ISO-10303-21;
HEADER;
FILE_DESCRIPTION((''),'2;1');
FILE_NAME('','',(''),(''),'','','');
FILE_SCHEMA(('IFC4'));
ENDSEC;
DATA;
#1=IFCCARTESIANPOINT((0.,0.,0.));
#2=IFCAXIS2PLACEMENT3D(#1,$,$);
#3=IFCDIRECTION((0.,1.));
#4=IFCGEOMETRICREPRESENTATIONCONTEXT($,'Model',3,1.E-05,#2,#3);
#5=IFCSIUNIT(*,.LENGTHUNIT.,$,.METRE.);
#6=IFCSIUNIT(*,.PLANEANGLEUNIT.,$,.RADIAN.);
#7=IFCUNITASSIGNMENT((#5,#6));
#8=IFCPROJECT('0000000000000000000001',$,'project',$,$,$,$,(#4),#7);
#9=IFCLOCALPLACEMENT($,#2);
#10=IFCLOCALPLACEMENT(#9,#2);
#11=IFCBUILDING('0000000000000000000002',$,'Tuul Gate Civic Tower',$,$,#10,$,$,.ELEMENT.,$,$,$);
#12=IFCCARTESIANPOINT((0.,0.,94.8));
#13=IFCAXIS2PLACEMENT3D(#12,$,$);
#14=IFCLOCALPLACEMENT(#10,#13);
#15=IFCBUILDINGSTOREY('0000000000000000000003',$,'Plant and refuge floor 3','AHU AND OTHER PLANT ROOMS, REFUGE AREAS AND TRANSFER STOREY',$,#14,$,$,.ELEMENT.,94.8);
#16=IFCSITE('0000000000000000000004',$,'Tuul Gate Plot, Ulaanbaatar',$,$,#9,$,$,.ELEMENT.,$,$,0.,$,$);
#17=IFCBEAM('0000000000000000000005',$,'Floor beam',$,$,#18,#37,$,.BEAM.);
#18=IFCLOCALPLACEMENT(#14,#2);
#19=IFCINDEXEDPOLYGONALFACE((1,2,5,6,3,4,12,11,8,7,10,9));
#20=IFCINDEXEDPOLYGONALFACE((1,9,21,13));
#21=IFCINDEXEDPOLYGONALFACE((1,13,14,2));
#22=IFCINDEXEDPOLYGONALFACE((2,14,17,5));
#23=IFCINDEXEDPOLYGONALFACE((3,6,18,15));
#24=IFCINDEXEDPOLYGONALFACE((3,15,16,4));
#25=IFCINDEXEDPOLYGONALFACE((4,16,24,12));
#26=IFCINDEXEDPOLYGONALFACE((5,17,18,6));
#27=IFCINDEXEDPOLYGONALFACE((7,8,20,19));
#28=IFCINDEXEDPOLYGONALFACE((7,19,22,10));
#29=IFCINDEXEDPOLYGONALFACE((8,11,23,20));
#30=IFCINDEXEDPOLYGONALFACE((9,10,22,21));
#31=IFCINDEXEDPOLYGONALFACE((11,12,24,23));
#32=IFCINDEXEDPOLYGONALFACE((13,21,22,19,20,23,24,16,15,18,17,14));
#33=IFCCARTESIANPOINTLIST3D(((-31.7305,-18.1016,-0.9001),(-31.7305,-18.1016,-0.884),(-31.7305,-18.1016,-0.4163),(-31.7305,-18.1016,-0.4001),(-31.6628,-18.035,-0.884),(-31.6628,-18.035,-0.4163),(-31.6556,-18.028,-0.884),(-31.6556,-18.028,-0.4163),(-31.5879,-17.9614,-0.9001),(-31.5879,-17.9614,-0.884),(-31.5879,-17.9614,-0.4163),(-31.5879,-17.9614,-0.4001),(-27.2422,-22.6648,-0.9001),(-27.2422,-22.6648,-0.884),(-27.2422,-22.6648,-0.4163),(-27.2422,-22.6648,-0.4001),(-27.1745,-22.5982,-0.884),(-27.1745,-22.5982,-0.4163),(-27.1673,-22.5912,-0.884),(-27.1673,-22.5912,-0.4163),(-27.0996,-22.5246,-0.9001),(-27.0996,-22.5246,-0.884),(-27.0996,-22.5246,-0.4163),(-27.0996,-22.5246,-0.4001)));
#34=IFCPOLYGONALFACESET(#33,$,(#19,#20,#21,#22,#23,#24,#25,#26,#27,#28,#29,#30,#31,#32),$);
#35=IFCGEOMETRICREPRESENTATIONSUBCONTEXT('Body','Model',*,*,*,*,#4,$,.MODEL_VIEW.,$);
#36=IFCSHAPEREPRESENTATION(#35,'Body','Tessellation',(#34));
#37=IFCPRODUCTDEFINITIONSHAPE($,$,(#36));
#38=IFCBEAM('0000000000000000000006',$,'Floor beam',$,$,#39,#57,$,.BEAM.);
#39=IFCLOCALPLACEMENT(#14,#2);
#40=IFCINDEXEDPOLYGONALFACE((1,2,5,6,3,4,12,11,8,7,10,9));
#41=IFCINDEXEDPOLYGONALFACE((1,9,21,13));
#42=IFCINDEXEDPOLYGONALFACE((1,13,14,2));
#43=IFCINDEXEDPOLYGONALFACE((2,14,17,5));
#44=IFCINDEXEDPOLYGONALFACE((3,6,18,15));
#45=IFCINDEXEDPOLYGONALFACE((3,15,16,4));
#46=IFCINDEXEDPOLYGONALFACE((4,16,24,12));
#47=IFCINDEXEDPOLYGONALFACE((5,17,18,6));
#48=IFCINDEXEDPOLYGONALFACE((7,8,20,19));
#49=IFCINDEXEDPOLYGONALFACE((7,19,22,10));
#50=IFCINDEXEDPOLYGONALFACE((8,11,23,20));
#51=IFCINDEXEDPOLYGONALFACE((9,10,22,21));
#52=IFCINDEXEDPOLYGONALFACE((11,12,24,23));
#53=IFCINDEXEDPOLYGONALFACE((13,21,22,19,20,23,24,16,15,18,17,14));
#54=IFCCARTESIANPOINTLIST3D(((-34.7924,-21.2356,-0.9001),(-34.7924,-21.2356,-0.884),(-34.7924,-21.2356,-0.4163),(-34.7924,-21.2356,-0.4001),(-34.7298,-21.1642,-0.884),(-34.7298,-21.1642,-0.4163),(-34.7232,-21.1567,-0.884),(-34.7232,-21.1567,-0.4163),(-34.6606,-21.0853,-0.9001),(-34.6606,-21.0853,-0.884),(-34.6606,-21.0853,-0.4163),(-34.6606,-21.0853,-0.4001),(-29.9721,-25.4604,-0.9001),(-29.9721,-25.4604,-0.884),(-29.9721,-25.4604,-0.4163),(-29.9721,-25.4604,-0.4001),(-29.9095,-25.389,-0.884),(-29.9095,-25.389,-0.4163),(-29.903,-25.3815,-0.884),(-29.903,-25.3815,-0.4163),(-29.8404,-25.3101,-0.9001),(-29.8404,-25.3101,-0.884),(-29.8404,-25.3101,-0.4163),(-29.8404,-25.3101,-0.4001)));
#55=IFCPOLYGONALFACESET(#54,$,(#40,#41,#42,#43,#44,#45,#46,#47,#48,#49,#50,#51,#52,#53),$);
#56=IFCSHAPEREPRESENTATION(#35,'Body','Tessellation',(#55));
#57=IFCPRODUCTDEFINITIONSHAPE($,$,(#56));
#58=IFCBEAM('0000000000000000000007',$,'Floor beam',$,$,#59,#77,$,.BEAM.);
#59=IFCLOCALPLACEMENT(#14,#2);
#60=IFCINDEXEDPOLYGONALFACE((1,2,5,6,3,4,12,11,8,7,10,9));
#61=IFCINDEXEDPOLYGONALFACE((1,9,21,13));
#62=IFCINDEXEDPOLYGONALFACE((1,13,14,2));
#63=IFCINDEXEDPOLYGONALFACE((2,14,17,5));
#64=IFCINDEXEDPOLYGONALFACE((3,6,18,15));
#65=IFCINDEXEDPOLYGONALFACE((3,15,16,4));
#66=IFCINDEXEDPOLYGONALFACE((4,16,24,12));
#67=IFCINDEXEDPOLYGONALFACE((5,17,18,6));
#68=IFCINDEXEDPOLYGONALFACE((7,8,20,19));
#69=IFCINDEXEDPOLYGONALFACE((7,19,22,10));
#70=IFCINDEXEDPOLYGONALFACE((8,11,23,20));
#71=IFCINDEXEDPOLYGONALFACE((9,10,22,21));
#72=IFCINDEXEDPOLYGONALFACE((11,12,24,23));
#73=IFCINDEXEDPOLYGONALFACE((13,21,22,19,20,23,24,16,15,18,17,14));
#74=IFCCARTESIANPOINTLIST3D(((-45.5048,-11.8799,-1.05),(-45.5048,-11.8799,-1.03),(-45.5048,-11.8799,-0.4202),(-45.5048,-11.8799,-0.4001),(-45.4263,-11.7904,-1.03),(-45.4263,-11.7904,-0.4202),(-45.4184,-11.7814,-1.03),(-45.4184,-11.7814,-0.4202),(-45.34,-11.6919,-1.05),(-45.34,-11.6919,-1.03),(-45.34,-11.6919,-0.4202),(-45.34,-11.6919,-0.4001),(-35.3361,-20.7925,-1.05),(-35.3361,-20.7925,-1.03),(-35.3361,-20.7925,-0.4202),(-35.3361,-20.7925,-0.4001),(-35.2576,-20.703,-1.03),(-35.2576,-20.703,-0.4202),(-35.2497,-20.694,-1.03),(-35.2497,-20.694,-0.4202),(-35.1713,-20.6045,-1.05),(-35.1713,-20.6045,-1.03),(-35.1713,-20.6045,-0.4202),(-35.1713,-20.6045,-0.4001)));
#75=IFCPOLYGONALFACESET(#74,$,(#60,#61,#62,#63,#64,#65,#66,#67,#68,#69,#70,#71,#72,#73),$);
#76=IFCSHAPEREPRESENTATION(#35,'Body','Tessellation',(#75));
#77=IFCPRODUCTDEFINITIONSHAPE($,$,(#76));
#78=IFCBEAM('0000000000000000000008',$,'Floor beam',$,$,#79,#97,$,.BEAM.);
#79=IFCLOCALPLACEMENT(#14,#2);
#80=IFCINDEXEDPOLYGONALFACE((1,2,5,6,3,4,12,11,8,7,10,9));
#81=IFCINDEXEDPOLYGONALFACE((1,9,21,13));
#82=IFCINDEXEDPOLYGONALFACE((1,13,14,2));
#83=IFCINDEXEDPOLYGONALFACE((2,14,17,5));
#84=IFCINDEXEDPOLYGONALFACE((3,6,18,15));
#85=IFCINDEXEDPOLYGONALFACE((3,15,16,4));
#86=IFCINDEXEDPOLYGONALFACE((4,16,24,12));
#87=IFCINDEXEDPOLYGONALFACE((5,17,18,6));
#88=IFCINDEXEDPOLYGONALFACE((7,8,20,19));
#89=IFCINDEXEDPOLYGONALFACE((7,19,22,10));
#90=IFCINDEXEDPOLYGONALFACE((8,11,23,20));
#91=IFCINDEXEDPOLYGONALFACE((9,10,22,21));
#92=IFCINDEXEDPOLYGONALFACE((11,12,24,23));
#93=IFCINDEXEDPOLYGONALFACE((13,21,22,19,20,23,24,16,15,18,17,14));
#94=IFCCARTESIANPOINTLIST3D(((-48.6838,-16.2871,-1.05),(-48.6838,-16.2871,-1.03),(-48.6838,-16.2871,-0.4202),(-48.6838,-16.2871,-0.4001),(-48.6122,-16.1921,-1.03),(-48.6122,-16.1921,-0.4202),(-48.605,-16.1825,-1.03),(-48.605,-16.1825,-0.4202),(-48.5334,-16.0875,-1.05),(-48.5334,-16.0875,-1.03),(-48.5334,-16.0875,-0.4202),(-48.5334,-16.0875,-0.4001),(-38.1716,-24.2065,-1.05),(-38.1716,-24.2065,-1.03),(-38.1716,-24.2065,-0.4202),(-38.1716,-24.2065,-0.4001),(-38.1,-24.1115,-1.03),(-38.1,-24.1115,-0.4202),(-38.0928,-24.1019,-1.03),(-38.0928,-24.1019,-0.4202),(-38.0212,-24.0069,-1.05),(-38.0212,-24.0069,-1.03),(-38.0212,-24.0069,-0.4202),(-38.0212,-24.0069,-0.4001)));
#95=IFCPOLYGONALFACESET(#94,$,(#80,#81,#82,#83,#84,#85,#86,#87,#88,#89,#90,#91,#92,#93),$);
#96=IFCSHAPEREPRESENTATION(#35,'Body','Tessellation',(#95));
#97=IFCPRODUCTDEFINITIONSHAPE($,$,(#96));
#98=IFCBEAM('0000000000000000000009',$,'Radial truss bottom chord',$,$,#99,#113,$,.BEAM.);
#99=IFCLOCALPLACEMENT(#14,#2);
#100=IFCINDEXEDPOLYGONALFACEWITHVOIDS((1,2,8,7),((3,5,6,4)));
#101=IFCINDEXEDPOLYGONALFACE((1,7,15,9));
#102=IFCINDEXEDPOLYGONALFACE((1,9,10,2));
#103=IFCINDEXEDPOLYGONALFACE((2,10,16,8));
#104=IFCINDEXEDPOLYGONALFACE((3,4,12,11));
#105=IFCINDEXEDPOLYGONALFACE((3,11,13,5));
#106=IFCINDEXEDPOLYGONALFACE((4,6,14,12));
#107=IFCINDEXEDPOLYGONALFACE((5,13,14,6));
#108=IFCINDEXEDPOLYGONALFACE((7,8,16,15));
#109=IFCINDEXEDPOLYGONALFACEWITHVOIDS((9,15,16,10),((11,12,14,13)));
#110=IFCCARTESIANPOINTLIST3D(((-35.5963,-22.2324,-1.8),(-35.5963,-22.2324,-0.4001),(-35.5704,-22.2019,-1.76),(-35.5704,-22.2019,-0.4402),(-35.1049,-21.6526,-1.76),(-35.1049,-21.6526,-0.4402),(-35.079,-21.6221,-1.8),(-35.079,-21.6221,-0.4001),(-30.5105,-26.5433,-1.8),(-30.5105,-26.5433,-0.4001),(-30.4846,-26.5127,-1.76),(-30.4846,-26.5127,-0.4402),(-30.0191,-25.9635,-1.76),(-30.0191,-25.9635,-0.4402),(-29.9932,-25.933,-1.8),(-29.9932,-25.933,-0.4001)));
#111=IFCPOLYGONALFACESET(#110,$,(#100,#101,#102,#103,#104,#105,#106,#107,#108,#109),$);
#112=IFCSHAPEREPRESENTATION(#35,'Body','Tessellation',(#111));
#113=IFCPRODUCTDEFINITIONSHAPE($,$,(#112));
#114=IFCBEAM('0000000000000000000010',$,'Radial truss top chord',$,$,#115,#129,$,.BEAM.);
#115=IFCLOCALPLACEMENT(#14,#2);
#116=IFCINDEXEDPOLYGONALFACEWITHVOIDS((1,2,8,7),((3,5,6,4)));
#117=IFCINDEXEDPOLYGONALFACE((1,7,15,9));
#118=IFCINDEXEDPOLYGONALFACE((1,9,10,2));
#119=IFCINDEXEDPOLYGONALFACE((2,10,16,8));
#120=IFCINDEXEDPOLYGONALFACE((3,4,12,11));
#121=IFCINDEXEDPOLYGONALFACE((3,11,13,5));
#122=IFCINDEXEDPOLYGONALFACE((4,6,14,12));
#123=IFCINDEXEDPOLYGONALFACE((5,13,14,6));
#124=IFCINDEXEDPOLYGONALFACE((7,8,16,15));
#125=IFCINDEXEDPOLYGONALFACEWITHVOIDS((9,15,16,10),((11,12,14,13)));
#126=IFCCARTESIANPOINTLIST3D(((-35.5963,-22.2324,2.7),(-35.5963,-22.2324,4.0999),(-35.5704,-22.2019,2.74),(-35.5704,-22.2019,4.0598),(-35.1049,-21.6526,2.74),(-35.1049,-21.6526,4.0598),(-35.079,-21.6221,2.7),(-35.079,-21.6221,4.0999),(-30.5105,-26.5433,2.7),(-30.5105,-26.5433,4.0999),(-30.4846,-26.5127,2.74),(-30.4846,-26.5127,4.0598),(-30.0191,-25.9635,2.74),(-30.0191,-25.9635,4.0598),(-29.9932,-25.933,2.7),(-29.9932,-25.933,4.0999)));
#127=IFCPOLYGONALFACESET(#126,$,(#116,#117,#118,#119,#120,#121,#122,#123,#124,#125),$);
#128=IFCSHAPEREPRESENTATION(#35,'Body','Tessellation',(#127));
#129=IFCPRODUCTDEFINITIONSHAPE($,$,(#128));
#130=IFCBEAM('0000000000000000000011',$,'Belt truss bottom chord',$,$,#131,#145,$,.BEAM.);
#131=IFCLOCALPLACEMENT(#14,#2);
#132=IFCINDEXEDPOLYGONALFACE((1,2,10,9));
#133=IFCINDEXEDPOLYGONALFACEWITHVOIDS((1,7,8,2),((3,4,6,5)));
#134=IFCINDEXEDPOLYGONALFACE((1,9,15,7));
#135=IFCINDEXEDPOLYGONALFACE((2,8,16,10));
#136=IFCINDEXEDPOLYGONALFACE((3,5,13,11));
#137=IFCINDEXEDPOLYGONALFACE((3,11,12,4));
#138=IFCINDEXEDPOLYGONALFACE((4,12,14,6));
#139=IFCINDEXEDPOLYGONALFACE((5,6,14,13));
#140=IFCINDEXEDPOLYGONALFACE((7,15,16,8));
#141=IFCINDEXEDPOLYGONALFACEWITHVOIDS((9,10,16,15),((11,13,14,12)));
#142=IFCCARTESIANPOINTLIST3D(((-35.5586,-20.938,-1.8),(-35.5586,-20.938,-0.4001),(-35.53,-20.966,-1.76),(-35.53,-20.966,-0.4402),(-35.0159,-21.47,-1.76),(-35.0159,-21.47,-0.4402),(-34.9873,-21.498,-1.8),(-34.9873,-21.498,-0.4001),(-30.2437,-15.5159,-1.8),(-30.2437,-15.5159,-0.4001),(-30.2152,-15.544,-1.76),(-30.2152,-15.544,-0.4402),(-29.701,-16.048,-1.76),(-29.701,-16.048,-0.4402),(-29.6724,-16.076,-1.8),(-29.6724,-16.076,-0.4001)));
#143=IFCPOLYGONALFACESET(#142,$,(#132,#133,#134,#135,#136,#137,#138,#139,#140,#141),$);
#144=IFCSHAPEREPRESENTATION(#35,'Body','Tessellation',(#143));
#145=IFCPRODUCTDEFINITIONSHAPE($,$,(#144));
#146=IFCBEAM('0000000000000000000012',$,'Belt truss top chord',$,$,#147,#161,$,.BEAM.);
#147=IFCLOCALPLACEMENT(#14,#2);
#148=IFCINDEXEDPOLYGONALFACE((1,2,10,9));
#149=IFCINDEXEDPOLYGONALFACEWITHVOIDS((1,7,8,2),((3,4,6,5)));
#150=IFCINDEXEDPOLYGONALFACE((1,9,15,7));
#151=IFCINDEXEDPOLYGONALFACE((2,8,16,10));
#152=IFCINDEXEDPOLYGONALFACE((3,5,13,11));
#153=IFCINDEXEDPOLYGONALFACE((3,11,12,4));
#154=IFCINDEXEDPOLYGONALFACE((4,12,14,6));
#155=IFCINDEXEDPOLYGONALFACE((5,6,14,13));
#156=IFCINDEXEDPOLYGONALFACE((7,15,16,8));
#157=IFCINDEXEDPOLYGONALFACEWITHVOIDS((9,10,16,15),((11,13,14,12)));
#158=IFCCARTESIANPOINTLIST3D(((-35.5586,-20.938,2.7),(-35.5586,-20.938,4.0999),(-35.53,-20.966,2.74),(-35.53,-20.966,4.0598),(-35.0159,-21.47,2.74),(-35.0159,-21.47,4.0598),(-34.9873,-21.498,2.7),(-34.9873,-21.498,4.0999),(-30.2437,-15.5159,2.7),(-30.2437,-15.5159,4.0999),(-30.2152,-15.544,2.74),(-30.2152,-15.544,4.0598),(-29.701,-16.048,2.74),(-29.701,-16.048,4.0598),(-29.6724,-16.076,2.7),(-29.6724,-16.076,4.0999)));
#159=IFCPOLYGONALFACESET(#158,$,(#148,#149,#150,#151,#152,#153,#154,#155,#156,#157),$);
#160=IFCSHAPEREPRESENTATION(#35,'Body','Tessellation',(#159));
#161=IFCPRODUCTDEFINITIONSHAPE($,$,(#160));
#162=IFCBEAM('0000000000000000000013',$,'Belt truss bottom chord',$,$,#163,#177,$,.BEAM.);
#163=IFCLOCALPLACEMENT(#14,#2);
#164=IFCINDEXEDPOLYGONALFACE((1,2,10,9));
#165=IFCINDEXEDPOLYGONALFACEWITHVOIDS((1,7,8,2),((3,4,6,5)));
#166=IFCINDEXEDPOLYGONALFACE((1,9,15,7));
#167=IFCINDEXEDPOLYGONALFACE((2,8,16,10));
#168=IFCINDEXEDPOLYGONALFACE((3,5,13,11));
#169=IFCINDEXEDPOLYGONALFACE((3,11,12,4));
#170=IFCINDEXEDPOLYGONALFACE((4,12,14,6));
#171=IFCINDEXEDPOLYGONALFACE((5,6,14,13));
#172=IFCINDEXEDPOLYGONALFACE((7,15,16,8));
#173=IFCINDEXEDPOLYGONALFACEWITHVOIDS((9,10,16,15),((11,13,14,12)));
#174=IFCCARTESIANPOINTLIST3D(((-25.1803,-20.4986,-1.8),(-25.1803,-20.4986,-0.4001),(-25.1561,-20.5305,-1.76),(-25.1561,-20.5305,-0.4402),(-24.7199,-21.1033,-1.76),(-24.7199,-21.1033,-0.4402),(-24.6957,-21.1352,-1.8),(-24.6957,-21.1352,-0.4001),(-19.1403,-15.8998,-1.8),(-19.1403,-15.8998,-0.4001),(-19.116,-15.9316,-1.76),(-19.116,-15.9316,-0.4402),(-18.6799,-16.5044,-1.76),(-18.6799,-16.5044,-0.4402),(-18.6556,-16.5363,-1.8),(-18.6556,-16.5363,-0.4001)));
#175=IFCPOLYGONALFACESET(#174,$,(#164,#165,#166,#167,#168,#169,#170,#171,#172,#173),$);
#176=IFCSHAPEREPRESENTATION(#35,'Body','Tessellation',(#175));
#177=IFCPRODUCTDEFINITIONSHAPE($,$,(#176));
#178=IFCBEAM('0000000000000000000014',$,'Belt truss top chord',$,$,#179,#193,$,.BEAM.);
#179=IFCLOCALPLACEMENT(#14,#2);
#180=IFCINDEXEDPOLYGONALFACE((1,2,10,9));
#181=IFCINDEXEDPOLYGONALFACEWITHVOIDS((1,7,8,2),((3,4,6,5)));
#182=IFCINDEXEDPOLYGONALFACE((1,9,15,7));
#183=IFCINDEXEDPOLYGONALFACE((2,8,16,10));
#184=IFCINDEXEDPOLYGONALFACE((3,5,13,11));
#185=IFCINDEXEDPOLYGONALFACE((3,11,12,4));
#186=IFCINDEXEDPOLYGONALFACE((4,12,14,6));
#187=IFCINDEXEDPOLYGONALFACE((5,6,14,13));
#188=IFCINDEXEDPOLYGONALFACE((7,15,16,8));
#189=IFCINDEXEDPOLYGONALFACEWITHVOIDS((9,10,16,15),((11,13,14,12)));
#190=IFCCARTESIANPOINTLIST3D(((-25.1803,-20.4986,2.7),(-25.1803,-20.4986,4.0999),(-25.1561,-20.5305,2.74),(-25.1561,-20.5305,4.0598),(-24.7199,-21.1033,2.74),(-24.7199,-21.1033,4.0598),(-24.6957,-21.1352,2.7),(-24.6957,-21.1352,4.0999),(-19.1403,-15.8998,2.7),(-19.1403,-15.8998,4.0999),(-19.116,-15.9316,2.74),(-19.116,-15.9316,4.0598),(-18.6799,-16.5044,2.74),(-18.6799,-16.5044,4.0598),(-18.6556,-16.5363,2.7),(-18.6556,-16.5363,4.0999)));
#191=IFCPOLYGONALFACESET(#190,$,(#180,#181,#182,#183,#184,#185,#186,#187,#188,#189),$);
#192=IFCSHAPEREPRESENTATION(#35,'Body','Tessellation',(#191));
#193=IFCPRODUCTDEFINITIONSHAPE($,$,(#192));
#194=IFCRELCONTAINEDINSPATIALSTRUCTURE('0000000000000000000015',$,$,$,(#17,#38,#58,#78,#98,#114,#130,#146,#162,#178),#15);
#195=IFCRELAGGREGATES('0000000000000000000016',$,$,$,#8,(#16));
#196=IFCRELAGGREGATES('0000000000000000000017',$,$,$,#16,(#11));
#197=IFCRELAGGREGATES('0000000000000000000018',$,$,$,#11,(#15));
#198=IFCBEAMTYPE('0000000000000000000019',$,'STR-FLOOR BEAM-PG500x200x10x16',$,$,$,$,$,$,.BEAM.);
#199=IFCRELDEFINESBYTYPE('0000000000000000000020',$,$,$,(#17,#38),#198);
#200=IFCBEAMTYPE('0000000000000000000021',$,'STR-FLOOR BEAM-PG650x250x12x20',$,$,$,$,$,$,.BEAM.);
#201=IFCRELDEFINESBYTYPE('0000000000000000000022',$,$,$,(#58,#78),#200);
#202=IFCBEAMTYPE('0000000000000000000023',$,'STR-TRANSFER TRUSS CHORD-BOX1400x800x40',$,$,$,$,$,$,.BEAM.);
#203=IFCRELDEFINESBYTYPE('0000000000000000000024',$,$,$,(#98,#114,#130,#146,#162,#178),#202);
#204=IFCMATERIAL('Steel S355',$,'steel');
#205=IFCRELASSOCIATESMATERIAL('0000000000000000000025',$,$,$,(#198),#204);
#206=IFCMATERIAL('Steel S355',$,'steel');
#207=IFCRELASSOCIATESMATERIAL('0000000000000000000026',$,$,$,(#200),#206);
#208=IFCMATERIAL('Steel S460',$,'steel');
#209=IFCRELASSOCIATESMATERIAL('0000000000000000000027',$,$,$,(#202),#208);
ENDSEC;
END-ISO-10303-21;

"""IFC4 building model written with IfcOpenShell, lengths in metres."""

from ifc_helpers import new_model, si_unit, direction, frame, origin, origin_2d, place, context, subcontext, project, spatial, hollow_rectangle, i_section, extrude, material, material_profile, profile_set, type_object, element, save


model = new_model("IFC4")

# Units and contexts
model_context = context("Model", 3, precision=1e-05, world=origin(), true_north=direction((0.0, 1.0)))
body_context = subcontext(model_context, "Body", "Model", "MODEL_VIEW")
ifc_project = project(units=[si_unit("LENGTHUNIT", "METRE"), si_unit("PLANEANGLEUNIT", "RADIAN")], contexts=[model_context])

# Site, building, storey
site_placement = place(None, origin())
site = spatial("IfcSite", under=ifc_project, at=site_placement, Name="Tuul Gate Plot, Ulaanbaatar", CompositionType="ELEMENT", RefElevation=0.0)
building_placement = place(site_placement, origin())
building = spatial("IfcBuilding", under=site, at=building_placement, Name="Tuul Gate Civic Tower", CompositionType="ELEMENT")
storey_placement = place(building_placement, frame((0.0, 0.0, 94.8)))
storey = spatial("IfcBuildingStorey", under=building, at=storey_placement, Name="Plant and refuge floor 3", Description="AHU AND OTHER PLANT ROOMS, REFUGE AREAS AND TRANSFER STOREY", CompositionType="ELEMENT", Elevation=94.8)

# Beams
ifc_material_1 = material(Name="Steel S355", Category="steel")
ifc_material_profile_1 = material_profile(ifc_material_1, i_section(OverallWidth=0.2, OverallDepth=0.5, WebThickness=0.01, FlangeThickness=0.0161, at=origin_2d()), Name="PG500x200x10x16")
ifc_profile_set_1 = profile_set([ifc_material_profile_1], Name="Steel S355")
beam_type_1 = type_object("IfcBeamType", Name="STR-FLOOR BEAM-PG500x200x10x16", PredefinedType="BEAM", material=ifc_profile_set_1)
beam_1_placement = place(storey_placement, frame((-27.1709, -22.5947, -0.6501), z_axis=(-0.701228, 0.712938, 0.0), x_axis=(-0.712938, -0.701228, 0.0)))
element("IfcBeam", 1, at=beam_1_placement, inside=storey, type_object=beam_type_1, Name="Floor beam", PredefinedType="BEAM", context=body_context, shape_type="SweptSolid", body=[
    extrude(i_section(OverallWidth=0.2, OverallDepth=0.5, WebThickness=0.01, FlangeThickness=0.0161, at=origin_2d()), origin(), (0.0, 0.0, 1.0), 6.4006),
])
beam_2_placement = place(storey_placement, frame((-29.9062, -25.3853, -0.6501), z_axis=(-0.752029, 0.65913, 0.0), x_axis=(-0.65913, -0.752029, 0.0)))
element("IfcBeam", 2, at=beam_2_placement, inside=storey, type_object=beam_type_1, Name="Floor beam", PredefinedType="BEAM", context=body_context, shape_type="SweptSolid", body=[
    extrude(i_section(OverallWidth=0.2, OverallDepth=0.5, WebThickness=0.01, FlangeThickness=0.0161, at=origin_2d()), origin(), (0.0, 0.0, 1.0), 6.4097),
])
ifc_material_2 = material(Name="Steel S355", Category="steel")
ifc_material_profile_2 = material_profile(ifc_material_2, i_section(OverallWidth=0.25, OverallDepth=0.6499, WebThickness=0.012, FlangeThickness=0.02, at=origin_2d()), Name="PG650x250x12x20")
ifc_profile_set_2 = profile_set([ifc_material_profile_2], Name="Steel S355")
beam_type_2 = type_object("IfcBeamType", Name="STR-FLOOR BEAM-PG650x250x12x20", PredefinedType="BEAM", material=ifc_profile_set_2)
beam_3_placement = place(storey_placement, frame((-35.2537, -20.6985, -0.7251), z_axis=(-0.752027, 0.659132, 0.0), x_axis=(-0.659132, -0.752027, 0.0)))
element("IfcBeam", 3, at=beam_3_placement, inside=storey, type_object=beam_type_2, Name="Floor beam", PredefinedType="BEAM", context=body_context, shape_type="SweptSolid", body=[
    extrude(i_section(OverallWidth=0.25, OverallDepth=0.6499, WebThickness=0.012, FlangeThickness=0.02, at=origin_2d()), origin(), (0.0, 0.0, 1.0), 13.5217),
])
beam_4_placement = place(storey_placement, frame((-38.0964, -24.1067, -0.7251), z_axis=(-0.798712, 0.601714, 0.0), x_axis=(-0.601714, -0.798712, 0.0)))
element("IfcBeam", 4, at=beam_4_placement, inside=storey, type_object=beam_type_2, Name="Floor beam", PredefinedType="BEAM", context=body_context, shape_type="SweptSolid", body=[
    extrude(i_section(OverallWidth=0.25, OverallDepth=0.6499, WebThickness=0.012, FlangeThickness=0.02, at=origin_2d()), origin(), (0.0, 0.0, 1.0), 13.1614),
])
ifc_material_3 = material(Name="Steel S460", Category="steel")
ifc_material_profile_3 = material_profile(ifc_material_3, hollow_rectangle(XDim=0.8, YDim=1.3999, WallThickness=0.04, at=origin_2d()), Name="BOX1400x800x40")
ifc_profile_set_3 = profile_set([ifc_material_profile_3], Name="Steel S460")
beam_type_3 = type_object("IfcBeamType", Name="STR-TRANSFER TRUSS CHORD-BOX1400x800x40", PredefinedType="BEAM", material=ifc_profile_set_3)
for number, where, z_axis, x_axis, name in (
    (5, (-35.3376, -21.9272, -1.1001), (0.76283, -0.646599, 0.0), (0.646599, 0.76283, 0.0), "Radial truss bottom chord"),
    (6, (-35.3376, -21.9272, 3.3999), (0.76283, -0.646599, 0.0), (0.646599, 0.76283, 0.0), "Radial truss top chord"),
):
    element("IfcBeam", number, at=place(storey_placement, frame(where, z_axis=z_axis, x_axis=x_axis)), inside=storey, type_object=beam_type_3, Name=name, PredefinedType="BEAM", context=body_context, shape_type="SweptSolid", body=[
        extrude(hollow_rectangle(XDim=0.8, YDim=1.3999, WallThickness=0.04, at=origin_2d()), origin(), (0.0, 0.0, 1.0), 6.667),
    ])
for number, where, z_axis, x_axis, name in (
    (7, (-35.2729, -21.218, -1.1001), (0.700014, 0.71413, 0.0), (-0.71413, 0.700014, 0.0), "Belt truss bottom chord"),
    (8, (-35.2729, -21.218, 3.3999), (0.700014, 0.71413, 0.0), (-0.71413, 0.700014, 0.0), "Belt truss top chord"),
):
    element("IfcBeam", number, at=place(storey_placement, frame(where, z_axis=z_axis, x_axis=x_axis)), inside=storey, type_object=beam_type_3, Name=name, PredefinedType="BEAM", context=body_context, shape_type="SweptSolid", body=[
        extrude(hollow_rectangle(XDim=0.8, YDim=1.3999, WallThickness=0.04, at=origin_2d()), origin(), (0.0, 0.0, 1.0), 7.5925),
    ])
for number, where, z_axis, x_axis, name in (
    (9, (-24.938, -20.8169, -1.1001), (0.795626, 0.605788, 0.0), (-0.605788, 0.795626, 0.0), "Belt truss bottom chord"),
    (10, (-24.938, -20.8169, 3.3999), (0.795626, 0.605788, 0.0), (-0.605788, 0.795626, 0.0), "Belt truss top chord"),
):
    element("IfcBeam", number, at=place(storey_placement, frame(where, z_axis=z_axis, x_axis=x_axis)), inside=storey, type_object=beam_type_3, Name=name, PredefinedType="BEAM", context=body_context, shape_type="SweptSolid", body=[
        extrude(hollow_rectangle(XDim=0.8, YDim=1.3999, WallThickness=0.04, at=origin_2d()), origin(), (0.0, 0.0, 1.0), 7.5916),
    ])

save(model, "model.ifc")
